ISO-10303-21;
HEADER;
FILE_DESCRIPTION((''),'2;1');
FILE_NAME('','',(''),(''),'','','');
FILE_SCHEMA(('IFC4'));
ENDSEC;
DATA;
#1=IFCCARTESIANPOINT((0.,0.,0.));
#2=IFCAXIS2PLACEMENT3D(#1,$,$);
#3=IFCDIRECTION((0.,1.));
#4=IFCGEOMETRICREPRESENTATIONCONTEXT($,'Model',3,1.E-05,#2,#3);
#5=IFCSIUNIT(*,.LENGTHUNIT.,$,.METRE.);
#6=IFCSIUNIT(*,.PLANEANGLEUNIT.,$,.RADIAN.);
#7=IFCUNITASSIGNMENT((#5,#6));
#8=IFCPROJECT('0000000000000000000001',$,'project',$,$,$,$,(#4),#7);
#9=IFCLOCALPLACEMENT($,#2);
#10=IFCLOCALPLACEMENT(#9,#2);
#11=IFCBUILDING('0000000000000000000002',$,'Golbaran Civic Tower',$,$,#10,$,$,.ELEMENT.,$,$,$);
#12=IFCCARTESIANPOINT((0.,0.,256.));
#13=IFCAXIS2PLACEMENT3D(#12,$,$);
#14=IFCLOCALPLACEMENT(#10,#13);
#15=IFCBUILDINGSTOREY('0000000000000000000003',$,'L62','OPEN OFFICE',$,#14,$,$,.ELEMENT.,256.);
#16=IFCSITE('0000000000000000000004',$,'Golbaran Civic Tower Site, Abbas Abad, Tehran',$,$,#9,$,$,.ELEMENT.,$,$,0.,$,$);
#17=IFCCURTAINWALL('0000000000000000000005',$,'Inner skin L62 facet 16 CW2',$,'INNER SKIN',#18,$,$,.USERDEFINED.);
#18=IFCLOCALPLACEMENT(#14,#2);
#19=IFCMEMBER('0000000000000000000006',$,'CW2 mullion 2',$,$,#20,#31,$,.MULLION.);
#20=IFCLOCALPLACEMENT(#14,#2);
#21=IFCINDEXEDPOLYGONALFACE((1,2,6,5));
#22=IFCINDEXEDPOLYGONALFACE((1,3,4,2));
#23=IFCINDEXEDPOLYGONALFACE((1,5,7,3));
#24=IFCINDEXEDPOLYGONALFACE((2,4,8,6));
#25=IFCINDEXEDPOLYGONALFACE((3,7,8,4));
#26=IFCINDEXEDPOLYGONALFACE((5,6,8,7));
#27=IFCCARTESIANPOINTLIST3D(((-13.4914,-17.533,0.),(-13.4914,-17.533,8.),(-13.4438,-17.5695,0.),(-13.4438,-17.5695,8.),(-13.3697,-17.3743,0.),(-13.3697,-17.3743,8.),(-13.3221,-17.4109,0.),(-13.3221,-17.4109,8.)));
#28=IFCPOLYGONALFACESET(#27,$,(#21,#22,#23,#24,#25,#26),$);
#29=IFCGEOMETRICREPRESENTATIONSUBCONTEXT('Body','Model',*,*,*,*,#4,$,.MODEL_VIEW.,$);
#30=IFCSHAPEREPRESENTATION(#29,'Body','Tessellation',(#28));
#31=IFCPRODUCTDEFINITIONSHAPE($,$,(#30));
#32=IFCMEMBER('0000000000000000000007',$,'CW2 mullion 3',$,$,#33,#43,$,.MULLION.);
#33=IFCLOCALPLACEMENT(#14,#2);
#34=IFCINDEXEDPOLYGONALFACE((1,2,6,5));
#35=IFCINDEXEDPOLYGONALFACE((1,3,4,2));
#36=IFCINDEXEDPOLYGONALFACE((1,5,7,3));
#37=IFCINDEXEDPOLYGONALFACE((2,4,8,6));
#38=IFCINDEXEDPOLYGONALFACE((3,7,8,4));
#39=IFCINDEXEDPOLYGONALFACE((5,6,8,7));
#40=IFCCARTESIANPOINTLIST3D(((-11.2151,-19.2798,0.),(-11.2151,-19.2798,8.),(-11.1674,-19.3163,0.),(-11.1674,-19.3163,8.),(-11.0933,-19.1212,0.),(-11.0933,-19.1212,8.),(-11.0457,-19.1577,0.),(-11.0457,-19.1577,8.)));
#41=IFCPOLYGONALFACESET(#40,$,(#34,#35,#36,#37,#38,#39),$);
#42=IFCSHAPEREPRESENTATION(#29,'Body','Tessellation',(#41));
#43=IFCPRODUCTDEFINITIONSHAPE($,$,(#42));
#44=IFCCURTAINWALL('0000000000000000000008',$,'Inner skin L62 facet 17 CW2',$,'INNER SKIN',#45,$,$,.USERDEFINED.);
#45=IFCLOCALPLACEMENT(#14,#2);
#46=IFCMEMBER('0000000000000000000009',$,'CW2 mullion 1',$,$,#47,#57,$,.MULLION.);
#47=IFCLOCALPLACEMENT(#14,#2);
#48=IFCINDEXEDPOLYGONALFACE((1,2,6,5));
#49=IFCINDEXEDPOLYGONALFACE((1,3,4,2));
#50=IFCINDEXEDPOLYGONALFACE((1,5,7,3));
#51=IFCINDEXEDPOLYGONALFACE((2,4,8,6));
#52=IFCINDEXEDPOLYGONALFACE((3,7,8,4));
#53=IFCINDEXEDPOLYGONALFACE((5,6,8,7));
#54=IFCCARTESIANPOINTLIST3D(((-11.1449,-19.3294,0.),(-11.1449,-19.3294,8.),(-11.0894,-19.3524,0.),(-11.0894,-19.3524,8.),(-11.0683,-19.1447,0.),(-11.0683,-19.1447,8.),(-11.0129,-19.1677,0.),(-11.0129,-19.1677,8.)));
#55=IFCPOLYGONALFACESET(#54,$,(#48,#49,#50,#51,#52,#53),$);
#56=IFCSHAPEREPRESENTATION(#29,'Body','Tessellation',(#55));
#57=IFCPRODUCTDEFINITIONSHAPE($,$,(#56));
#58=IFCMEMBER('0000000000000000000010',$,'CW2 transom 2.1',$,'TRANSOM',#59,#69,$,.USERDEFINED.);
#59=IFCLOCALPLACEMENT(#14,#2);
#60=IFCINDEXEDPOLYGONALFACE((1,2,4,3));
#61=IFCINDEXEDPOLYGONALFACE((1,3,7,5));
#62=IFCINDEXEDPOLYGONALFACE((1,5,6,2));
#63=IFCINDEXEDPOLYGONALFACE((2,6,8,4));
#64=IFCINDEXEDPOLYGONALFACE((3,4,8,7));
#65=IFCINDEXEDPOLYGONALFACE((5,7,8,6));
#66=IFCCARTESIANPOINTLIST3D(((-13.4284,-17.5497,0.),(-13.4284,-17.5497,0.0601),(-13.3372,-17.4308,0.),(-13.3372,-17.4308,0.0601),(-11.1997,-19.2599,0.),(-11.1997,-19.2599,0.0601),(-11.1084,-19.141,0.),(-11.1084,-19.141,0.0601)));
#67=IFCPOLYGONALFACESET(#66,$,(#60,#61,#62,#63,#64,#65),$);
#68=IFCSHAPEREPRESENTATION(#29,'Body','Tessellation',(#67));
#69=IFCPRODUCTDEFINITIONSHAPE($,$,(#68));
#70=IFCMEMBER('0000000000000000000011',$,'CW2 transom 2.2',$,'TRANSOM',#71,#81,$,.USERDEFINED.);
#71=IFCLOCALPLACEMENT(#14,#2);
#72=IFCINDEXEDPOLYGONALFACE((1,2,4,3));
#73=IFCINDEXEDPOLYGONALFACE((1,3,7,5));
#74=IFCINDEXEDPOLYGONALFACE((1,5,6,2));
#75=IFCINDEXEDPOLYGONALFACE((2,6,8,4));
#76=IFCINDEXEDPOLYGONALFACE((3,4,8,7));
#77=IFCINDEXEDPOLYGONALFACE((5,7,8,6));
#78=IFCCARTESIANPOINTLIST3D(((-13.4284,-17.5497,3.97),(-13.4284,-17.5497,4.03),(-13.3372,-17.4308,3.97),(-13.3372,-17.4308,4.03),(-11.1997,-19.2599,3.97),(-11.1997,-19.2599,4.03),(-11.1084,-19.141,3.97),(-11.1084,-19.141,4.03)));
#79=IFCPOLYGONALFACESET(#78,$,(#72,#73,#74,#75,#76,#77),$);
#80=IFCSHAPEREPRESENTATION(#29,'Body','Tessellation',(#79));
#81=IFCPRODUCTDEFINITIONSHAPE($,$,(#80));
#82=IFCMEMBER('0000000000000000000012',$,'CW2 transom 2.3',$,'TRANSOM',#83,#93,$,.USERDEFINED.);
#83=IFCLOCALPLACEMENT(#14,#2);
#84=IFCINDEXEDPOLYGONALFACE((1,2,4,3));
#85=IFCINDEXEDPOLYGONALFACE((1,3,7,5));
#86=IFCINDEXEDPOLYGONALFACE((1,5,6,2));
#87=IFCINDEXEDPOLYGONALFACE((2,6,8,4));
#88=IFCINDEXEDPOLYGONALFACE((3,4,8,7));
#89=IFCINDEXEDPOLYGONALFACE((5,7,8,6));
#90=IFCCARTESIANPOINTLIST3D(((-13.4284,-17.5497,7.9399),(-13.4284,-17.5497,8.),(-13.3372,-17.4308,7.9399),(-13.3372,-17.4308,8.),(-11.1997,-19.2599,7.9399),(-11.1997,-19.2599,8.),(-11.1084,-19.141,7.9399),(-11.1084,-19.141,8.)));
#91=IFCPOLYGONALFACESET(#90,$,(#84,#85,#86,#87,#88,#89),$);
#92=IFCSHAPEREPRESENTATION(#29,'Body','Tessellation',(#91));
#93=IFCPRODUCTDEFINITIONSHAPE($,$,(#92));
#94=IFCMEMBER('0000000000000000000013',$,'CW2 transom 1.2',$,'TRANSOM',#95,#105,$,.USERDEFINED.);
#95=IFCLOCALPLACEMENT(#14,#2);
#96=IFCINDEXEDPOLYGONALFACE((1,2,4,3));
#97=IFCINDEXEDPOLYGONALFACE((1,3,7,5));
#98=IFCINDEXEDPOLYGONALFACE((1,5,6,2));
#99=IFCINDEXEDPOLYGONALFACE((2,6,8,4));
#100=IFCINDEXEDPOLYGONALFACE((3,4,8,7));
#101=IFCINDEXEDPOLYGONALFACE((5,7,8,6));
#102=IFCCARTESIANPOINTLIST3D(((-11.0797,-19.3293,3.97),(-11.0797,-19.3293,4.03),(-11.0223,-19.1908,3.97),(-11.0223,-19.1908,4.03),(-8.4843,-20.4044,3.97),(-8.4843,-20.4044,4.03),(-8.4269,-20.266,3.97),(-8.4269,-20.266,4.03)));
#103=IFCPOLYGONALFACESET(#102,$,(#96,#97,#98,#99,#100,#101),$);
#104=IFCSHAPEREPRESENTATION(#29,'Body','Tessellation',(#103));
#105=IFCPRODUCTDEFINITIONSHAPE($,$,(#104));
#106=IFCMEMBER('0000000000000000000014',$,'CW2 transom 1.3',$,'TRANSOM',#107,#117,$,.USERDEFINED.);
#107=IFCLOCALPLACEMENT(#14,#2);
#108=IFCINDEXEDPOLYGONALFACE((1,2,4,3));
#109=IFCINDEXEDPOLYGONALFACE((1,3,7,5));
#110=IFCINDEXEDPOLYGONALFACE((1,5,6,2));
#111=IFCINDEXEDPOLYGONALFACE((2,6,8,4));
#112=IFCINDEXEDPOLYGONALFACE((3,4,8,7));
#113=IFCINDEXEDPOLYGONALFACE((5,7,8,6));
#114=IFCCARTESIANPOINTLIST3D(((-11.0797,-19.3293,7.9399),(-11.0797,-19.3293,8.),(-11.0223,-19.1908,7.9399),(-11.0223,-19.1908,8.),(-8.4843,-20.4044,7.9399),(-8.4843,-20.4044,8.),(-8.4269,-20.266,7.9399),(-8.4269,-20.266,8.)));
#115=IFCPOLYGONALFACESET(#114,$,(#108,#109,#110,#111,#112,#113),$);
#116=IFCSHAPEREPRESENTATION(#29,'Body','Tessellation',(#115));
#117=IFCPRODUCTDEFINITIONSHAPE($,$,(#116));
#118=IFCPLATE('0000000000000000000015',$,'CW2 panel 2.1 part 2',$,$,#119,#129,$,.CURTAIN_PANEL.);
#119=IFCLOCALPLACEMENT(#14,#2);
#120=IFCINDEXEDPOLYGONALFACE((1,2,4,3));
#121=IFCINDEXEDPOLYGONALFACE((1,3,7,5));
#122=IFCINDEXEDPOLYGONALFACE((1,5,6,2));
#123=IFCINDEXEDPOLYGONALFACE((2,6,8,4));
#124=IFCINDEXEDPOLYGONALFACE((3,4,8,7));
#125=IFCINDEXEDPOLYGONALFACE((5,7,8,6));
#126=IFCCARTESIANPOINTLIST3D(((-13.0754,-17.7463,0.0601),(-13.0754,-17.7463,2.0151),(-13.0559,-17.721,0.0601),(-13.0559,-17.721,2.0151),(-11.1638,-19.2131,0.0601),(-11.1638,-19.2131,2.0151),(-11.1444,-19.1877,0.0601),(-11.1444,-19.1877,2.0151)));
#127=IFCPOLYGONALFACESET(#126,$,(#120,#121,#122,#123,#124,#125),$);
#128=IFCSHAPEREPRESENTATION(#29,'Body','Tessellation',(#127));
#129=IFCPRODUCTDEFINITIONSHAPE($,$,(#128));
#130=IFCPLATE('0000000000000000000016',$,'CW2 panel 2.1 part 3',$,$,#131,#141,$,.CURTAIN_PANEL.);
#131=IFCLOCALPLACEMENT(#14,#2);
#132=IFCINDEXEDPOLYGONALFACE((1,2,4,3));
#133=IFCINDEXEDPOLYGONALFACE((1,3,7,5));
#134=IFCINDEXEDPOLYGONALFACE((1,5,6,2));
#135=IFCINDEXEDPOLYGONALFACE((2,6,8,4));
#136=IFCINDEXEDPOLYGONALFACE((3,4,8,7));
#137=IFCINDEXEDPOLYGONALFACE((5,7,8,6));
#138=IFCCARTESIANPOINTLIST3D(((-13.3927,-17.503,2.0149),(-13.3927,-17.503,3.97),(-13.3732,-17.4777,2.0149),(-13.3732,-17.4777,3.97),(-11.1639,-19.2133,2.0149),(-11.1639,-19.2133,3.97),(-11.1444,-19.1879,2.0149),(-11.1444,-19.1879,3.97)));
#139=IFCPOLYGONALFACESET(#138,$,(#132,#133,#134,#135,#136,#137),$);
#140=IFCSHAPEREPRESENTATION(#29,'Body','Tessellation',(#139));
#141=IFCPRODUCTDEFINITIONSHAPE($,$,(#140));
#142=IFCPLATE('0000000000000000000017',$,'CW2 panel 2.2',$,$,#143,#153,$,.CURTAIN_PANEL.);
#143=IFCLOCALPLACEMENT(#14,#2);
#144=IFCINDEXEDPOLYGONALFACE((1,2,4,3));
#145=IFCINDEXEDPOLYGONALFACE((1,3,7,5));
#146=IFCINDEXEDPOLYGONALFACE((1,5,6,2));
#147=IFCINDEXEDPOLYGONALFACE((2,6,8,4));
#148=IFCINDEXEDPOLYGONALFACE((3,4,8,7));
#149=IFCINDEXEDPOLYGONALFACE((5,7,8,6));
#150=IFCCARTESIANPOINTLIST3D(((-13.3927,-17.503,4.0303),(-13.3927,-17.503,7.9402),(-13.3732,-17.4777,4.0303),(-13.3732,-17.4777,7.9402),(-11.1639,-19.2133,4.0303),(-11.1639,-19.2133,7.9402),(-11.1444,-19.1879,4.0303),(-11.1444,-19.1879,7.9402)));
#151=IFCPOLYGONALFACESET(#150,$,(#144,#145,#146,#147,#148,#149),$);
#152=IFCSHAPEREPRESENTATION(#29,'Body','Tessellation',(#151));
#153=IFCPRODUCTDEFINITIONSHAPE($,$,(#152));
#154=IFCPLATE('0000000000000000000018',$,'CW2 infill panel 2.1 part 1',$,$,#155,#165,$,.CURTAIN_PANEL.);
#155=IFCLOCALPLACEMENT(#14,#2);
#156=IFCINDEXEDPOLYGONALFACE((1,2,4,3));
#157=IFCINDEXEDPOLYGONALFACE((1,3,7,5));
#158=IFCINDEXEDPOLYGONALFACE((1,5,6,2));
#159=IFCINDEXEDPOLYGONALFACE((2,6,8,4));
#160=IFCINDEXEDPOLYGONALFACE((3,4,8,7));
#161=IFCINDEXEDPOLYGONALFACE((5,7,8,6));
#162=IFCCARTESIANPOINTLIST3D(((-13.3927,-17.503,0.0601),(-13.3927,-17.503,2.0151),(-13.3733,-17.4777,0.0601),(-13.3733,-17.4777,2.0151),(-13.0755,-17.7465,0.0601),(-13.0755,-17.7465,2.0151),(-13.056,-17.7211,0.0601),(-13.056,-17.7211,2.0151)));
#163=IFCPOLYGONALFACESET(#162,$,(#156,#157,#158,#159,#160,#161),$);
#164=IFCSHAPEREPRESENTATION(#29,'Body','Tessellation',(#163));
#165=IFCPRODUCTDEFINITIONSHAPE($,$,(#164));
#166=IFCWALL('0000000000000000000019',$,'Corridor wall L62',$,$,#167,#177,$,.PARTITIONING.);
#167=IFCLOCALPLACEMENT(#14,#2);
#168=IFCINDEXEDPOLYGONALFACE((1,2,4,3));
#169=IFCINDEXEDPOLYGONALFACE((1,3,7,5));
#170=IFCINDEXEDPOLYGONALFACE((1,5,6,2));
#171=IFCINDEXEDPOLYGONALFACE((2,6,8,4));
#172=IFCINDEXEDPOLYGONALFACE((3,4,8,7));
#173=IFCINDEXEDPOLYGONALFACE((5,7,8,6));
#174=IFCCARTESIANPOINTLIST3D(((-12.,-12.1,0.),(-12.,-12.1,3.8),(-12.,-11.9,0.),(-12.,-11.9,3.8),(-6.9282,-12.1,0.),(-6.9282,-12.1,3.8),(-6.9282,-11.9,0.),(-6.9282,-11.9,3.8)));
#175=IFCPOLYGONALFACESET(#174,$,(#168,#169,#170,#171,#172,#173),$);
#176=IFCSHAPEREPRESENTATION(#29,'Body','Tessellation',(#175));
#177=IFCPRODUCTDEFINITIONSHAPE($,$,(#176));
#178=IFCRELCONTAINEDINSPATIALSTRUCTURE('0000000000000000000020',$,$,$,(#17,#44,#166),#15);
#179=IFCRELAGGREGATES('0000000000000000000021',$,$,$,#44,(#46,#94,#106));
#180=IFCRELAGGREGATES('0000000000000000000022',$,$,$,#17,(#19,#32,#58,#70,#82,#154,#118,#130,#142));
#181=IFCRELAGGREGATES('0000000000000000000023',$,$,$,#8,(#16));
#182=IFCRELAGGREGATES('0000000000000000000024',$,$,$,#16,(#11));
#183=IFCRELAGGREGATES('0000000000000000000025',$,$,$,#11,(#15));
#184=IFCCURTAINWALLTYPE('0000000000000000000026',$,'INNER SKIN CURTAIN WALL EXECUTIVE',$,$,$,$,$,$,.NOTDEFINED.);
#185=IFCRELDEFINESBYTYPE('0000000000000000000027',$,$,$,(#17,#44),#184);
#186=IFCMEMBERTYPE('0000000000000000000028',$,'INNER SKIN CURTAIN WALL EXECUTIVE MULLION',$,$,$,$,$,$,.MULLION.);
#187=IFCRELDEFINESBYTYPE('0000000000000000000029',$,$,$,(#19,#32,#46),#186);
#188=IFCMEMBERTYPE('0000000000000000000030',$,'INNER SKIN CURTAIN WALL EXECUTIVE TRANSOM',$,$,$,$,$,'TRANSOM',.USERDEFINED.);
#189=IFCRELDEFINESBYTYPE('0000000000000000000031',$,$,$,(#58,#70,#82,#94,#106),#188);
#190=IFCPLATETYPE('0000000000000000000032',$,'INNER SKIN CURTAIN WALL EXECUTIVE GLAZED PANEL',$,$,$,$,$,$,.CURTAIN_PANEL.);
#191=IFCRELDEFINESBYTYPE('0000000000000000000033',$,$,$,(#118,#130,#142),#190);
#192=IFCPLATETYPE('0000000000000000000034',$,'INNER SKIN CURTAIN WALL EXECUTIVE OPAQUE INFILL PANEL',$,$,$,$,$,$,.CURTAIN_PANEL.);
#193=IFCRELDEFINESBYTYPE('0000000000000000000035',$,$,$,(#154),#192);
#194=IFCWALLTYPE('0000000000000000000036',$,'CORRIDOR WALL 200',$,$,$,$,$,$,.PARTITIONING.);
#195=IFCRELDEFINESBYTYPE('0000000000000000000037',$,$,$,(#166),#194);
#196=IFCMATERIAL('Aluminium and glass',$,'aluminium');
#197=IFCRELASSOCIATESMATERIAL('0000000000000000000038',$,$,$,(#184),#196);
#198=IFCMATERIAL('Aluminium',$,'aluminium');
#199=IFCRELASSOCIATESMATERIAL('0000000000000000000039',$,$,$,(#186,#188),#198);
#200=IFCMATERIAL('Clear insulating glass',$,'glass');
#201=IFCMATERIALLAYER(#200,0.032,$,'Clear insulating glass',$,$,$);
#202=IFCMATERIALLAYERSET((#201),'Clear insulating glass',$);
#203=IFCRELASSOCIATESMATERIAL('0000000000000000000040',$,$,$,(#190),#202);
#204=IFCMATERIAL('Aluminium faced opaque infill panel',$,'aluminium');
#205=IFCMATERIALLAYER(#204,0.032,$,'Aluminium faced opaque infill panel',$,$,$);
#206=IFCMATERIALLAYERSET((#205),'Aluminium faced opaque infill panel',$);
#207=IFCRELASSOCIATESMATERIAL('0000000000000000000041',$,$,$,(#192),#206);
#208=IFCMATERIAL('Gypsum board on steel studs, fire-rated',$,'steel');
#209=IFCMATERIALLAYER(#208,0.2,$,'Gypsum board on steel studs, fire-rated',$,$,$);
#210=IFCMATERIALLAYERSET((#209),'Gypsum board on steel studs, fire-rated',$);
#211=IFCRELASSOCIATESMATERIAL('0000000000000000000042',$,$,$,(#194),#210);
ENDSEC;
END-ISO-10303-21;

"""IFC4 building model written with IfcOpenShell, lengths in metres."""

from ifc_helpers import new_model, si_unit, direction, frame, frame_2d, origin, origin_2d, place, context, subcontext, project, spatial, rectangle, extrude, material, layer, layer_set, material_profile, profile_set, type_object, element, aggregate, save


model = new_model("IFC4")

# Units and contexts
model_context = context("Model", 3, precision=1e-05, world=origin(), true_north=direction((0.0, 1.0)))
body_context = subcontext(model_context, "Body", "Model", "MODEL_VIEW")
ifc_project = project(units=[si_unit("LENGTHUNIT", "METRE"), si_unit("PLANEANGLEUNIT", "RADIAN")], contexts=[model_context])

# Site, building, storey
site_placement = place(None, origin())
site = spatial("IfcSite", under=ifc_project, at=site_placement, Name="Golbaran Civic Tower Site, Abbas Abad, Tehran", CompositionType="ELEMENT", RefElevation=0.0)
building_placement = place(site_placement, origin())
building = spatial("IfcBuilding", under=site, at=building_placement, Name="Golbaran Civic Tower", CompositionType="ELEMENT")
storey_placement = place(building_placement, frame((0.0, 0.0, 256.0)))
storey = spatial("IfcBuildingStorey", under=building, at=storey_placement, Name="L62", Description="OPEN OFFICE", CompositionType="ELEMENT", Elevation=256.0)

# Curtain wall, members
ifc_material_1 = material(Name="Aluminium and glass", Category="aluminium")
curtain_wall_type = type_object("IfcCurtainWallType", Name="INNER SKIN CURTAIN WALL EXECUTIVE", PredefinedType="NOTDEFINED", material=ifc_material_1)
curtain_wall_1_placement = place(storey_placement, origin())
curtain_wall_1 = element("IfcCurtainWall", 1, at=curtain_wall_1_placement, inside=storey, type_object=curtain_wall_type, Name="Inner skin L62 facet 16 CW2", ObjectType="INNER SKIN", PredefinedType="USERDEFINED")
ifc_material_2 = material(Name="Aluminium", Category="aluminium")
ifc_material_profile_1 = material_profile(ifc_material_2, rectangle(XDim=0.2, YDim=0.0601, at=origin_2d()), Name="INNER SKIN CURTAIN WALL EXECUTIVE MULLION")
ifc_profile_set_1 = profile_set([ifc_material_profile_1], Name="Aluminium")
member_type_1 = type_object("IfcMemberType", Name="INNER SKIN CURTAIN WALL EXECUTIVE MULLION", PredefinedType="MULLION", material=ifc_profile_set_1)
member_1_placement = place(storey_placement, frame((-13.4067, -17.4719, 0.0), z_axis=(0.0, 0.0, 1.0), x_axis=(0.608761, 0.793353, 0.0)))
member_1 = element("IfcMember", 2, at=member_1_placement, type_object=member_type_1, Name="CW2 mullion 2", PredefinedType="MULLION", context=body_context, shape_type="SweptSolid", body=[
    extrude(rectangle(XDim=0.2, YDim=0.0601, at=origin_2d()), origin(), (0.0, 0.0, 1.0), 8.0),
])
member_2_placement = place(storey_placement, frame((-11.1304, -19.2188, 0.0), z_axis=(0.0, 0.0, 1.0), x_axis=(0.608761, 0.793353, 0.0)))
member_2 = element("IfcMember", 3, at=member_2_placement, type_object=member_type_1, Name="CW2 mullion 3", PredefinedType="MULLION", context=body_context, shape_type="SweptSolid", body=[
    extrude(rectangle(XDim=0.2, YDim=0.0601, at=origin_2d()), origin(), (0.0, 0.0, 1.0), 8.0),
])

# Curtain wall, member
curtain_wall_2_placement = place(storey_placement, origin())
curtain_wall_2 = element("IfcCurtainWall", 4, at=curtain_wall_2_placement, inside=storey, type_object=curtain_wall_type, Name="Inner skin L62 facet 17 CW2", ObjectType="INNER SKIN", PredefinedType="USERDEFINED")
member_3_placement = place(storey_placement, frame((-11.0789, -19.2485, 0.0), z_axis=(0.0, 0.0, 1.0), x_axis=(0.382683, 0.92388, 0.0)))
member_3 = element("IfcMember", 5, at=member_3_placement, type_object=member_type_1, Name="CW2 mullion 1", PredefinedType="MULLION", context=body_context, shape_type="SweptSolid", body=[
    extrude(rectangle(XDim=0.2, YDim=0.0601, at=origin_2d()), origin(), (0.0, 0.0, 1.0), 8.0),
])

# Members
ifc_material_profile_2 = material_profile(ifc_material_2, rectangle(XDim=0.1499, YDim=0.0601, at=origin_2d()), Name="INNER SKIN CURTAIN WALL EXECUTIVE TRANSOM")
ifc_profile_set_2 = profile_set([ifc_material_profile_2], Name="Aluminium")
member_type_2 = type_object("IfcMemberType", Name="INNER SKIN CURTAIN WALL EXECUTIVE TRANSOM", ElementType="TRANSOM", PredefinedType="USERDEFINED", material=ifc_profile_set_2)
member_4_placement = place(storey_placement, frame((-13.3828, -17.4902, 0.03), z_axis=(0.79335, -0.608765, 0.0), x_axis=(0.608765, 0.79335, 0.0)))
member_4 = element("IfcMember", 6, at=member_4_placement, type_object=member_type_2, Name="CW2 transom 2.1", ObjectType="TRANSOM", PredefinedType="USERDEFINED", context=body_context, shape_type="SweptSolid", body=[
    extrude(rectangle(XDim=0.1499, YDim=0.0601, at=origin_2d()), origin(), (0.0, 0.0, 1.0), 2.8093),
])
member_5_placement = place(storey_placement, frame((-13.3828, -17.4902, 4.0), z_axis=(0.79335, -0.608765, 0.0), x_axis=(0.608765, 0.79335, 0.0)))
member_5 = element("IfcMember", 7, at=member_5_placement, type_object=member_type_2, Name="CW2 transom 2.2", ObjectType="TRANSOM", PredefinedType="USERDEFINED", context=body_context, shape_type="SweptSolid", body=[
    extrude(rectangle(XDim=0.1499, YDim=0.0601, at=origin_2d()), origin(), (0.0, 0.0, 1.0), 2.8093),
])
member_6_placement = place(storey_placement, frame((-13.3828, -17.4902, 7.97), z_axis=(0.79335, -0.608765, 0.0), x_axis=(0.608765, 0.79335, 0.0)))
member_6 = element("IfcMember", 8, at=member_6_placement, type_object=member_type_2, Name="CW2 transom 2.3", ObjectType="TRANSOM", PredefinedType="USERDEFINED", context=body_context, shape_type="SweptSolid", body=[
    extrude(rectangle(XDim=0.1499, YDim=0.0601, at=origin_2d()), origin(), (0.0, 0.0, 1.0), 2.8093),
])
member_7_placement = place(storey_placement, frame((-11.051, -19.26, 4.0), z_axis=(0.923864, -0.38272, 0.0), x_axis=(0.38272, 0.923864, 0.0)))
member_7 = element("IfcMember", 9, at=member_7_placement, type_object=member_type_2, Name="CW2 transom 1.2", ObjectType="TRANSOM", PredefinedType="USERDEFINED", context=body_context, shape_type="SweptSolid", body=[
    extrude(rectangle(XDim=0.1499, YDim=0.0601, at=origin_2d()), origin(), (0.0, 0.0, 1.0), 2.8093),
])
member_8_placement = place(storey_placement, frame((-11.051, -19.26, 7.97), z_axis=(0.923864, -0.38272, 0.0), x_axis=(0.38272, 0.923864, 0.0)))
member_8 = element("IfcMember", 10, at=member_8_placement, type_object=member_type_2, Name="CW2 transom 1.3", ObjectType="TRANSOM", PredefinedType="USERDEFINED", context=body_context, shape_type="SweptSolid", body=[
    extrude(rectangle(XDim=0.1499, YDim=0.0601, at=origin_2d()), origin(), (0.0, 0.0, 1.0), 2.8093),
])
aggregate(curtain_wall_2, [member_3, member_7, member_8])

# Plates
ifc_material_3 = material(Name="Clear insulating glass", Category="glass")
ifc_layer_1 = layer(ifc_material_3, 0.032, Name="Clear insulating glass")
ifc_layer_set_1 = layer_set([ifc_layer_1], Name="Clear insulating glass")
plate_type_1 = type_object("IfcPlateType", Name="INNER SKIN CURTAIN WALL EXECUTIVE GLAZED PANEL", PredefinedType="CURTAIN_PANEL", material=ifc_layer_set_1)
plate_1_placement = place(storey_placement, frame((-12.1099, -18.467, 0.0601), z_axis=(0.0, 0.0, 1.0), x_axis=(0.793353, -0.608761, 0.0)))
plate_1 = element("IfcPlate", 11, at=plate_1_placement, type_object=plate_type_1, Name="CW2 panel 2.1 part 2", PredefinedType="CURTAIN_PANEL", context=body_context, shape_type="SweptSolid", body=[
    extrude(rectangle(XDim=2.4094, YDim=0.032, at=origin_2d()), origin(), (0.0, 0.0, 1.0), 1.9551),
])
plate_2_placement = place(storey_placement, frame((-12.2686, -18.3455, 2.0149), z_axis=(0.0, 0.0, 1.0), x_axis=(0.793353, -0.608761, 0.0)))
plate_2 = element("IfcPlate", 12, at=plate_2_placement, type_object=plate_type_1, Name="CW2 panel 2.1 part 3", PredefinedType="CURTAIN_PANEL", context=body_context, shape_type="SweptSolid", body=[
    extrude(rectangle(XDim=2.8093, YDim=0.032, at=origin_2d()), origin(), (0.0, 0.0, 1.0), 1.9551),
])
plate_3_placement = place(storey_placement, frame((-12.2686, -18.3455, 4.0303), z_axis=(0.0, 0.0, 1.0), x_axis=(0.793353, -0.608761, 0.0)))
plate_3 = element("IfcPlate", 13, at=plate_3_placement, type_object=plate_type_1, Name="CW2 panel 2.2", PredefinedType="CURTAIN_PANEL", context=body_context, shape_type="SweptSolid", body=[
    extrude(rectangle(XDim=2.8093, YDim=0.032, at=origin_2d()), origin(), (0.0, 0.0, 1.0), 3.9099),
])
ifc_material_4 = material(Name="Aluminium faced opaque infill panel", Category="aluminium")
ifc_layer_2 = layer(ifc_material_4, 0.032, Name="Aluminium faced opaque infill panel")
ifc_layer_set_2 = layer_set([ifc_layer_2], Name="Aluminium faced opaque infill panel")
plate_type_2 = type_object("IfcPlateType", Name="INNER SKIN CURTAIN WALL EXECUTIVE OPAQUE INFILL PANEL", PredefinedType="CURTAIN_PANEL", material=ifc_layer_set_2)
plate_4_placement = place(storey_placement, frame((-13.2244, -17.6121, 0.0601), z_axis=(0.0, 0.0, 1.0), x_axis=(0.793353, -0.608761, 0.0)))
plate_4 = element("IfcPlate", 14, at=plate_4_placement, type_object=plate_type_2, Name="CW2 infill panel 2.1 part 1", PredefinedType="CURTAIN_PANEL", context=body_context, shape_type="SweptSolid", body=[
    extrude(rectangle(XDim=0.3999, YDim=0.032, at=origin_2d()), origin(), (0.0, 0.0, 1.0), 1.9551),
])
aggregate(curtain_wall_1, [member_1, member_2, member_4, member_5, member_6, plate_4, plate_1, plate_2, plate_3])

# Wall
ifc_material_5 = material(Name="Gypsum board on steel studs, fire-rated", Category="steel")
ifc_layer_3 = layer(ifc_material_5, 0.2, Name="Gypsum board on steel studs, fire-rated")
ifc_layer_set_3 = layer_set([ifc_layer_3], Name="Gypsum board on steel studs, fire-rated")
wall_type_1 = type_object("IfcWallType", Name="CORRIDOR WALL 200", PredefinedType="PARTITIONING", material=ifc_layer_set_3)
wall_1_placement = place(storey_placement, frame((-12.0, -12.0, 0.0), z_axis=(0.0, 0.0, 1.0), x_axis=(1.0, 0.0, 0.0)))
element("IfcWall", 15, at=wall_1_placement, inside=storey, type_object=wall_type_1, Name="Corridor wall L62", PredefinedType="PARTITIONING", context=body_context, shape_type="SweptSolid", body=[
    extrude(rectangle(XDim=5.0718, YDim=0.2, at=frame_2d((2.5359, 0.0))), origin(), (0.0, 0.0, 1.0), 3.8),
])

save(model, "model.ifc")
